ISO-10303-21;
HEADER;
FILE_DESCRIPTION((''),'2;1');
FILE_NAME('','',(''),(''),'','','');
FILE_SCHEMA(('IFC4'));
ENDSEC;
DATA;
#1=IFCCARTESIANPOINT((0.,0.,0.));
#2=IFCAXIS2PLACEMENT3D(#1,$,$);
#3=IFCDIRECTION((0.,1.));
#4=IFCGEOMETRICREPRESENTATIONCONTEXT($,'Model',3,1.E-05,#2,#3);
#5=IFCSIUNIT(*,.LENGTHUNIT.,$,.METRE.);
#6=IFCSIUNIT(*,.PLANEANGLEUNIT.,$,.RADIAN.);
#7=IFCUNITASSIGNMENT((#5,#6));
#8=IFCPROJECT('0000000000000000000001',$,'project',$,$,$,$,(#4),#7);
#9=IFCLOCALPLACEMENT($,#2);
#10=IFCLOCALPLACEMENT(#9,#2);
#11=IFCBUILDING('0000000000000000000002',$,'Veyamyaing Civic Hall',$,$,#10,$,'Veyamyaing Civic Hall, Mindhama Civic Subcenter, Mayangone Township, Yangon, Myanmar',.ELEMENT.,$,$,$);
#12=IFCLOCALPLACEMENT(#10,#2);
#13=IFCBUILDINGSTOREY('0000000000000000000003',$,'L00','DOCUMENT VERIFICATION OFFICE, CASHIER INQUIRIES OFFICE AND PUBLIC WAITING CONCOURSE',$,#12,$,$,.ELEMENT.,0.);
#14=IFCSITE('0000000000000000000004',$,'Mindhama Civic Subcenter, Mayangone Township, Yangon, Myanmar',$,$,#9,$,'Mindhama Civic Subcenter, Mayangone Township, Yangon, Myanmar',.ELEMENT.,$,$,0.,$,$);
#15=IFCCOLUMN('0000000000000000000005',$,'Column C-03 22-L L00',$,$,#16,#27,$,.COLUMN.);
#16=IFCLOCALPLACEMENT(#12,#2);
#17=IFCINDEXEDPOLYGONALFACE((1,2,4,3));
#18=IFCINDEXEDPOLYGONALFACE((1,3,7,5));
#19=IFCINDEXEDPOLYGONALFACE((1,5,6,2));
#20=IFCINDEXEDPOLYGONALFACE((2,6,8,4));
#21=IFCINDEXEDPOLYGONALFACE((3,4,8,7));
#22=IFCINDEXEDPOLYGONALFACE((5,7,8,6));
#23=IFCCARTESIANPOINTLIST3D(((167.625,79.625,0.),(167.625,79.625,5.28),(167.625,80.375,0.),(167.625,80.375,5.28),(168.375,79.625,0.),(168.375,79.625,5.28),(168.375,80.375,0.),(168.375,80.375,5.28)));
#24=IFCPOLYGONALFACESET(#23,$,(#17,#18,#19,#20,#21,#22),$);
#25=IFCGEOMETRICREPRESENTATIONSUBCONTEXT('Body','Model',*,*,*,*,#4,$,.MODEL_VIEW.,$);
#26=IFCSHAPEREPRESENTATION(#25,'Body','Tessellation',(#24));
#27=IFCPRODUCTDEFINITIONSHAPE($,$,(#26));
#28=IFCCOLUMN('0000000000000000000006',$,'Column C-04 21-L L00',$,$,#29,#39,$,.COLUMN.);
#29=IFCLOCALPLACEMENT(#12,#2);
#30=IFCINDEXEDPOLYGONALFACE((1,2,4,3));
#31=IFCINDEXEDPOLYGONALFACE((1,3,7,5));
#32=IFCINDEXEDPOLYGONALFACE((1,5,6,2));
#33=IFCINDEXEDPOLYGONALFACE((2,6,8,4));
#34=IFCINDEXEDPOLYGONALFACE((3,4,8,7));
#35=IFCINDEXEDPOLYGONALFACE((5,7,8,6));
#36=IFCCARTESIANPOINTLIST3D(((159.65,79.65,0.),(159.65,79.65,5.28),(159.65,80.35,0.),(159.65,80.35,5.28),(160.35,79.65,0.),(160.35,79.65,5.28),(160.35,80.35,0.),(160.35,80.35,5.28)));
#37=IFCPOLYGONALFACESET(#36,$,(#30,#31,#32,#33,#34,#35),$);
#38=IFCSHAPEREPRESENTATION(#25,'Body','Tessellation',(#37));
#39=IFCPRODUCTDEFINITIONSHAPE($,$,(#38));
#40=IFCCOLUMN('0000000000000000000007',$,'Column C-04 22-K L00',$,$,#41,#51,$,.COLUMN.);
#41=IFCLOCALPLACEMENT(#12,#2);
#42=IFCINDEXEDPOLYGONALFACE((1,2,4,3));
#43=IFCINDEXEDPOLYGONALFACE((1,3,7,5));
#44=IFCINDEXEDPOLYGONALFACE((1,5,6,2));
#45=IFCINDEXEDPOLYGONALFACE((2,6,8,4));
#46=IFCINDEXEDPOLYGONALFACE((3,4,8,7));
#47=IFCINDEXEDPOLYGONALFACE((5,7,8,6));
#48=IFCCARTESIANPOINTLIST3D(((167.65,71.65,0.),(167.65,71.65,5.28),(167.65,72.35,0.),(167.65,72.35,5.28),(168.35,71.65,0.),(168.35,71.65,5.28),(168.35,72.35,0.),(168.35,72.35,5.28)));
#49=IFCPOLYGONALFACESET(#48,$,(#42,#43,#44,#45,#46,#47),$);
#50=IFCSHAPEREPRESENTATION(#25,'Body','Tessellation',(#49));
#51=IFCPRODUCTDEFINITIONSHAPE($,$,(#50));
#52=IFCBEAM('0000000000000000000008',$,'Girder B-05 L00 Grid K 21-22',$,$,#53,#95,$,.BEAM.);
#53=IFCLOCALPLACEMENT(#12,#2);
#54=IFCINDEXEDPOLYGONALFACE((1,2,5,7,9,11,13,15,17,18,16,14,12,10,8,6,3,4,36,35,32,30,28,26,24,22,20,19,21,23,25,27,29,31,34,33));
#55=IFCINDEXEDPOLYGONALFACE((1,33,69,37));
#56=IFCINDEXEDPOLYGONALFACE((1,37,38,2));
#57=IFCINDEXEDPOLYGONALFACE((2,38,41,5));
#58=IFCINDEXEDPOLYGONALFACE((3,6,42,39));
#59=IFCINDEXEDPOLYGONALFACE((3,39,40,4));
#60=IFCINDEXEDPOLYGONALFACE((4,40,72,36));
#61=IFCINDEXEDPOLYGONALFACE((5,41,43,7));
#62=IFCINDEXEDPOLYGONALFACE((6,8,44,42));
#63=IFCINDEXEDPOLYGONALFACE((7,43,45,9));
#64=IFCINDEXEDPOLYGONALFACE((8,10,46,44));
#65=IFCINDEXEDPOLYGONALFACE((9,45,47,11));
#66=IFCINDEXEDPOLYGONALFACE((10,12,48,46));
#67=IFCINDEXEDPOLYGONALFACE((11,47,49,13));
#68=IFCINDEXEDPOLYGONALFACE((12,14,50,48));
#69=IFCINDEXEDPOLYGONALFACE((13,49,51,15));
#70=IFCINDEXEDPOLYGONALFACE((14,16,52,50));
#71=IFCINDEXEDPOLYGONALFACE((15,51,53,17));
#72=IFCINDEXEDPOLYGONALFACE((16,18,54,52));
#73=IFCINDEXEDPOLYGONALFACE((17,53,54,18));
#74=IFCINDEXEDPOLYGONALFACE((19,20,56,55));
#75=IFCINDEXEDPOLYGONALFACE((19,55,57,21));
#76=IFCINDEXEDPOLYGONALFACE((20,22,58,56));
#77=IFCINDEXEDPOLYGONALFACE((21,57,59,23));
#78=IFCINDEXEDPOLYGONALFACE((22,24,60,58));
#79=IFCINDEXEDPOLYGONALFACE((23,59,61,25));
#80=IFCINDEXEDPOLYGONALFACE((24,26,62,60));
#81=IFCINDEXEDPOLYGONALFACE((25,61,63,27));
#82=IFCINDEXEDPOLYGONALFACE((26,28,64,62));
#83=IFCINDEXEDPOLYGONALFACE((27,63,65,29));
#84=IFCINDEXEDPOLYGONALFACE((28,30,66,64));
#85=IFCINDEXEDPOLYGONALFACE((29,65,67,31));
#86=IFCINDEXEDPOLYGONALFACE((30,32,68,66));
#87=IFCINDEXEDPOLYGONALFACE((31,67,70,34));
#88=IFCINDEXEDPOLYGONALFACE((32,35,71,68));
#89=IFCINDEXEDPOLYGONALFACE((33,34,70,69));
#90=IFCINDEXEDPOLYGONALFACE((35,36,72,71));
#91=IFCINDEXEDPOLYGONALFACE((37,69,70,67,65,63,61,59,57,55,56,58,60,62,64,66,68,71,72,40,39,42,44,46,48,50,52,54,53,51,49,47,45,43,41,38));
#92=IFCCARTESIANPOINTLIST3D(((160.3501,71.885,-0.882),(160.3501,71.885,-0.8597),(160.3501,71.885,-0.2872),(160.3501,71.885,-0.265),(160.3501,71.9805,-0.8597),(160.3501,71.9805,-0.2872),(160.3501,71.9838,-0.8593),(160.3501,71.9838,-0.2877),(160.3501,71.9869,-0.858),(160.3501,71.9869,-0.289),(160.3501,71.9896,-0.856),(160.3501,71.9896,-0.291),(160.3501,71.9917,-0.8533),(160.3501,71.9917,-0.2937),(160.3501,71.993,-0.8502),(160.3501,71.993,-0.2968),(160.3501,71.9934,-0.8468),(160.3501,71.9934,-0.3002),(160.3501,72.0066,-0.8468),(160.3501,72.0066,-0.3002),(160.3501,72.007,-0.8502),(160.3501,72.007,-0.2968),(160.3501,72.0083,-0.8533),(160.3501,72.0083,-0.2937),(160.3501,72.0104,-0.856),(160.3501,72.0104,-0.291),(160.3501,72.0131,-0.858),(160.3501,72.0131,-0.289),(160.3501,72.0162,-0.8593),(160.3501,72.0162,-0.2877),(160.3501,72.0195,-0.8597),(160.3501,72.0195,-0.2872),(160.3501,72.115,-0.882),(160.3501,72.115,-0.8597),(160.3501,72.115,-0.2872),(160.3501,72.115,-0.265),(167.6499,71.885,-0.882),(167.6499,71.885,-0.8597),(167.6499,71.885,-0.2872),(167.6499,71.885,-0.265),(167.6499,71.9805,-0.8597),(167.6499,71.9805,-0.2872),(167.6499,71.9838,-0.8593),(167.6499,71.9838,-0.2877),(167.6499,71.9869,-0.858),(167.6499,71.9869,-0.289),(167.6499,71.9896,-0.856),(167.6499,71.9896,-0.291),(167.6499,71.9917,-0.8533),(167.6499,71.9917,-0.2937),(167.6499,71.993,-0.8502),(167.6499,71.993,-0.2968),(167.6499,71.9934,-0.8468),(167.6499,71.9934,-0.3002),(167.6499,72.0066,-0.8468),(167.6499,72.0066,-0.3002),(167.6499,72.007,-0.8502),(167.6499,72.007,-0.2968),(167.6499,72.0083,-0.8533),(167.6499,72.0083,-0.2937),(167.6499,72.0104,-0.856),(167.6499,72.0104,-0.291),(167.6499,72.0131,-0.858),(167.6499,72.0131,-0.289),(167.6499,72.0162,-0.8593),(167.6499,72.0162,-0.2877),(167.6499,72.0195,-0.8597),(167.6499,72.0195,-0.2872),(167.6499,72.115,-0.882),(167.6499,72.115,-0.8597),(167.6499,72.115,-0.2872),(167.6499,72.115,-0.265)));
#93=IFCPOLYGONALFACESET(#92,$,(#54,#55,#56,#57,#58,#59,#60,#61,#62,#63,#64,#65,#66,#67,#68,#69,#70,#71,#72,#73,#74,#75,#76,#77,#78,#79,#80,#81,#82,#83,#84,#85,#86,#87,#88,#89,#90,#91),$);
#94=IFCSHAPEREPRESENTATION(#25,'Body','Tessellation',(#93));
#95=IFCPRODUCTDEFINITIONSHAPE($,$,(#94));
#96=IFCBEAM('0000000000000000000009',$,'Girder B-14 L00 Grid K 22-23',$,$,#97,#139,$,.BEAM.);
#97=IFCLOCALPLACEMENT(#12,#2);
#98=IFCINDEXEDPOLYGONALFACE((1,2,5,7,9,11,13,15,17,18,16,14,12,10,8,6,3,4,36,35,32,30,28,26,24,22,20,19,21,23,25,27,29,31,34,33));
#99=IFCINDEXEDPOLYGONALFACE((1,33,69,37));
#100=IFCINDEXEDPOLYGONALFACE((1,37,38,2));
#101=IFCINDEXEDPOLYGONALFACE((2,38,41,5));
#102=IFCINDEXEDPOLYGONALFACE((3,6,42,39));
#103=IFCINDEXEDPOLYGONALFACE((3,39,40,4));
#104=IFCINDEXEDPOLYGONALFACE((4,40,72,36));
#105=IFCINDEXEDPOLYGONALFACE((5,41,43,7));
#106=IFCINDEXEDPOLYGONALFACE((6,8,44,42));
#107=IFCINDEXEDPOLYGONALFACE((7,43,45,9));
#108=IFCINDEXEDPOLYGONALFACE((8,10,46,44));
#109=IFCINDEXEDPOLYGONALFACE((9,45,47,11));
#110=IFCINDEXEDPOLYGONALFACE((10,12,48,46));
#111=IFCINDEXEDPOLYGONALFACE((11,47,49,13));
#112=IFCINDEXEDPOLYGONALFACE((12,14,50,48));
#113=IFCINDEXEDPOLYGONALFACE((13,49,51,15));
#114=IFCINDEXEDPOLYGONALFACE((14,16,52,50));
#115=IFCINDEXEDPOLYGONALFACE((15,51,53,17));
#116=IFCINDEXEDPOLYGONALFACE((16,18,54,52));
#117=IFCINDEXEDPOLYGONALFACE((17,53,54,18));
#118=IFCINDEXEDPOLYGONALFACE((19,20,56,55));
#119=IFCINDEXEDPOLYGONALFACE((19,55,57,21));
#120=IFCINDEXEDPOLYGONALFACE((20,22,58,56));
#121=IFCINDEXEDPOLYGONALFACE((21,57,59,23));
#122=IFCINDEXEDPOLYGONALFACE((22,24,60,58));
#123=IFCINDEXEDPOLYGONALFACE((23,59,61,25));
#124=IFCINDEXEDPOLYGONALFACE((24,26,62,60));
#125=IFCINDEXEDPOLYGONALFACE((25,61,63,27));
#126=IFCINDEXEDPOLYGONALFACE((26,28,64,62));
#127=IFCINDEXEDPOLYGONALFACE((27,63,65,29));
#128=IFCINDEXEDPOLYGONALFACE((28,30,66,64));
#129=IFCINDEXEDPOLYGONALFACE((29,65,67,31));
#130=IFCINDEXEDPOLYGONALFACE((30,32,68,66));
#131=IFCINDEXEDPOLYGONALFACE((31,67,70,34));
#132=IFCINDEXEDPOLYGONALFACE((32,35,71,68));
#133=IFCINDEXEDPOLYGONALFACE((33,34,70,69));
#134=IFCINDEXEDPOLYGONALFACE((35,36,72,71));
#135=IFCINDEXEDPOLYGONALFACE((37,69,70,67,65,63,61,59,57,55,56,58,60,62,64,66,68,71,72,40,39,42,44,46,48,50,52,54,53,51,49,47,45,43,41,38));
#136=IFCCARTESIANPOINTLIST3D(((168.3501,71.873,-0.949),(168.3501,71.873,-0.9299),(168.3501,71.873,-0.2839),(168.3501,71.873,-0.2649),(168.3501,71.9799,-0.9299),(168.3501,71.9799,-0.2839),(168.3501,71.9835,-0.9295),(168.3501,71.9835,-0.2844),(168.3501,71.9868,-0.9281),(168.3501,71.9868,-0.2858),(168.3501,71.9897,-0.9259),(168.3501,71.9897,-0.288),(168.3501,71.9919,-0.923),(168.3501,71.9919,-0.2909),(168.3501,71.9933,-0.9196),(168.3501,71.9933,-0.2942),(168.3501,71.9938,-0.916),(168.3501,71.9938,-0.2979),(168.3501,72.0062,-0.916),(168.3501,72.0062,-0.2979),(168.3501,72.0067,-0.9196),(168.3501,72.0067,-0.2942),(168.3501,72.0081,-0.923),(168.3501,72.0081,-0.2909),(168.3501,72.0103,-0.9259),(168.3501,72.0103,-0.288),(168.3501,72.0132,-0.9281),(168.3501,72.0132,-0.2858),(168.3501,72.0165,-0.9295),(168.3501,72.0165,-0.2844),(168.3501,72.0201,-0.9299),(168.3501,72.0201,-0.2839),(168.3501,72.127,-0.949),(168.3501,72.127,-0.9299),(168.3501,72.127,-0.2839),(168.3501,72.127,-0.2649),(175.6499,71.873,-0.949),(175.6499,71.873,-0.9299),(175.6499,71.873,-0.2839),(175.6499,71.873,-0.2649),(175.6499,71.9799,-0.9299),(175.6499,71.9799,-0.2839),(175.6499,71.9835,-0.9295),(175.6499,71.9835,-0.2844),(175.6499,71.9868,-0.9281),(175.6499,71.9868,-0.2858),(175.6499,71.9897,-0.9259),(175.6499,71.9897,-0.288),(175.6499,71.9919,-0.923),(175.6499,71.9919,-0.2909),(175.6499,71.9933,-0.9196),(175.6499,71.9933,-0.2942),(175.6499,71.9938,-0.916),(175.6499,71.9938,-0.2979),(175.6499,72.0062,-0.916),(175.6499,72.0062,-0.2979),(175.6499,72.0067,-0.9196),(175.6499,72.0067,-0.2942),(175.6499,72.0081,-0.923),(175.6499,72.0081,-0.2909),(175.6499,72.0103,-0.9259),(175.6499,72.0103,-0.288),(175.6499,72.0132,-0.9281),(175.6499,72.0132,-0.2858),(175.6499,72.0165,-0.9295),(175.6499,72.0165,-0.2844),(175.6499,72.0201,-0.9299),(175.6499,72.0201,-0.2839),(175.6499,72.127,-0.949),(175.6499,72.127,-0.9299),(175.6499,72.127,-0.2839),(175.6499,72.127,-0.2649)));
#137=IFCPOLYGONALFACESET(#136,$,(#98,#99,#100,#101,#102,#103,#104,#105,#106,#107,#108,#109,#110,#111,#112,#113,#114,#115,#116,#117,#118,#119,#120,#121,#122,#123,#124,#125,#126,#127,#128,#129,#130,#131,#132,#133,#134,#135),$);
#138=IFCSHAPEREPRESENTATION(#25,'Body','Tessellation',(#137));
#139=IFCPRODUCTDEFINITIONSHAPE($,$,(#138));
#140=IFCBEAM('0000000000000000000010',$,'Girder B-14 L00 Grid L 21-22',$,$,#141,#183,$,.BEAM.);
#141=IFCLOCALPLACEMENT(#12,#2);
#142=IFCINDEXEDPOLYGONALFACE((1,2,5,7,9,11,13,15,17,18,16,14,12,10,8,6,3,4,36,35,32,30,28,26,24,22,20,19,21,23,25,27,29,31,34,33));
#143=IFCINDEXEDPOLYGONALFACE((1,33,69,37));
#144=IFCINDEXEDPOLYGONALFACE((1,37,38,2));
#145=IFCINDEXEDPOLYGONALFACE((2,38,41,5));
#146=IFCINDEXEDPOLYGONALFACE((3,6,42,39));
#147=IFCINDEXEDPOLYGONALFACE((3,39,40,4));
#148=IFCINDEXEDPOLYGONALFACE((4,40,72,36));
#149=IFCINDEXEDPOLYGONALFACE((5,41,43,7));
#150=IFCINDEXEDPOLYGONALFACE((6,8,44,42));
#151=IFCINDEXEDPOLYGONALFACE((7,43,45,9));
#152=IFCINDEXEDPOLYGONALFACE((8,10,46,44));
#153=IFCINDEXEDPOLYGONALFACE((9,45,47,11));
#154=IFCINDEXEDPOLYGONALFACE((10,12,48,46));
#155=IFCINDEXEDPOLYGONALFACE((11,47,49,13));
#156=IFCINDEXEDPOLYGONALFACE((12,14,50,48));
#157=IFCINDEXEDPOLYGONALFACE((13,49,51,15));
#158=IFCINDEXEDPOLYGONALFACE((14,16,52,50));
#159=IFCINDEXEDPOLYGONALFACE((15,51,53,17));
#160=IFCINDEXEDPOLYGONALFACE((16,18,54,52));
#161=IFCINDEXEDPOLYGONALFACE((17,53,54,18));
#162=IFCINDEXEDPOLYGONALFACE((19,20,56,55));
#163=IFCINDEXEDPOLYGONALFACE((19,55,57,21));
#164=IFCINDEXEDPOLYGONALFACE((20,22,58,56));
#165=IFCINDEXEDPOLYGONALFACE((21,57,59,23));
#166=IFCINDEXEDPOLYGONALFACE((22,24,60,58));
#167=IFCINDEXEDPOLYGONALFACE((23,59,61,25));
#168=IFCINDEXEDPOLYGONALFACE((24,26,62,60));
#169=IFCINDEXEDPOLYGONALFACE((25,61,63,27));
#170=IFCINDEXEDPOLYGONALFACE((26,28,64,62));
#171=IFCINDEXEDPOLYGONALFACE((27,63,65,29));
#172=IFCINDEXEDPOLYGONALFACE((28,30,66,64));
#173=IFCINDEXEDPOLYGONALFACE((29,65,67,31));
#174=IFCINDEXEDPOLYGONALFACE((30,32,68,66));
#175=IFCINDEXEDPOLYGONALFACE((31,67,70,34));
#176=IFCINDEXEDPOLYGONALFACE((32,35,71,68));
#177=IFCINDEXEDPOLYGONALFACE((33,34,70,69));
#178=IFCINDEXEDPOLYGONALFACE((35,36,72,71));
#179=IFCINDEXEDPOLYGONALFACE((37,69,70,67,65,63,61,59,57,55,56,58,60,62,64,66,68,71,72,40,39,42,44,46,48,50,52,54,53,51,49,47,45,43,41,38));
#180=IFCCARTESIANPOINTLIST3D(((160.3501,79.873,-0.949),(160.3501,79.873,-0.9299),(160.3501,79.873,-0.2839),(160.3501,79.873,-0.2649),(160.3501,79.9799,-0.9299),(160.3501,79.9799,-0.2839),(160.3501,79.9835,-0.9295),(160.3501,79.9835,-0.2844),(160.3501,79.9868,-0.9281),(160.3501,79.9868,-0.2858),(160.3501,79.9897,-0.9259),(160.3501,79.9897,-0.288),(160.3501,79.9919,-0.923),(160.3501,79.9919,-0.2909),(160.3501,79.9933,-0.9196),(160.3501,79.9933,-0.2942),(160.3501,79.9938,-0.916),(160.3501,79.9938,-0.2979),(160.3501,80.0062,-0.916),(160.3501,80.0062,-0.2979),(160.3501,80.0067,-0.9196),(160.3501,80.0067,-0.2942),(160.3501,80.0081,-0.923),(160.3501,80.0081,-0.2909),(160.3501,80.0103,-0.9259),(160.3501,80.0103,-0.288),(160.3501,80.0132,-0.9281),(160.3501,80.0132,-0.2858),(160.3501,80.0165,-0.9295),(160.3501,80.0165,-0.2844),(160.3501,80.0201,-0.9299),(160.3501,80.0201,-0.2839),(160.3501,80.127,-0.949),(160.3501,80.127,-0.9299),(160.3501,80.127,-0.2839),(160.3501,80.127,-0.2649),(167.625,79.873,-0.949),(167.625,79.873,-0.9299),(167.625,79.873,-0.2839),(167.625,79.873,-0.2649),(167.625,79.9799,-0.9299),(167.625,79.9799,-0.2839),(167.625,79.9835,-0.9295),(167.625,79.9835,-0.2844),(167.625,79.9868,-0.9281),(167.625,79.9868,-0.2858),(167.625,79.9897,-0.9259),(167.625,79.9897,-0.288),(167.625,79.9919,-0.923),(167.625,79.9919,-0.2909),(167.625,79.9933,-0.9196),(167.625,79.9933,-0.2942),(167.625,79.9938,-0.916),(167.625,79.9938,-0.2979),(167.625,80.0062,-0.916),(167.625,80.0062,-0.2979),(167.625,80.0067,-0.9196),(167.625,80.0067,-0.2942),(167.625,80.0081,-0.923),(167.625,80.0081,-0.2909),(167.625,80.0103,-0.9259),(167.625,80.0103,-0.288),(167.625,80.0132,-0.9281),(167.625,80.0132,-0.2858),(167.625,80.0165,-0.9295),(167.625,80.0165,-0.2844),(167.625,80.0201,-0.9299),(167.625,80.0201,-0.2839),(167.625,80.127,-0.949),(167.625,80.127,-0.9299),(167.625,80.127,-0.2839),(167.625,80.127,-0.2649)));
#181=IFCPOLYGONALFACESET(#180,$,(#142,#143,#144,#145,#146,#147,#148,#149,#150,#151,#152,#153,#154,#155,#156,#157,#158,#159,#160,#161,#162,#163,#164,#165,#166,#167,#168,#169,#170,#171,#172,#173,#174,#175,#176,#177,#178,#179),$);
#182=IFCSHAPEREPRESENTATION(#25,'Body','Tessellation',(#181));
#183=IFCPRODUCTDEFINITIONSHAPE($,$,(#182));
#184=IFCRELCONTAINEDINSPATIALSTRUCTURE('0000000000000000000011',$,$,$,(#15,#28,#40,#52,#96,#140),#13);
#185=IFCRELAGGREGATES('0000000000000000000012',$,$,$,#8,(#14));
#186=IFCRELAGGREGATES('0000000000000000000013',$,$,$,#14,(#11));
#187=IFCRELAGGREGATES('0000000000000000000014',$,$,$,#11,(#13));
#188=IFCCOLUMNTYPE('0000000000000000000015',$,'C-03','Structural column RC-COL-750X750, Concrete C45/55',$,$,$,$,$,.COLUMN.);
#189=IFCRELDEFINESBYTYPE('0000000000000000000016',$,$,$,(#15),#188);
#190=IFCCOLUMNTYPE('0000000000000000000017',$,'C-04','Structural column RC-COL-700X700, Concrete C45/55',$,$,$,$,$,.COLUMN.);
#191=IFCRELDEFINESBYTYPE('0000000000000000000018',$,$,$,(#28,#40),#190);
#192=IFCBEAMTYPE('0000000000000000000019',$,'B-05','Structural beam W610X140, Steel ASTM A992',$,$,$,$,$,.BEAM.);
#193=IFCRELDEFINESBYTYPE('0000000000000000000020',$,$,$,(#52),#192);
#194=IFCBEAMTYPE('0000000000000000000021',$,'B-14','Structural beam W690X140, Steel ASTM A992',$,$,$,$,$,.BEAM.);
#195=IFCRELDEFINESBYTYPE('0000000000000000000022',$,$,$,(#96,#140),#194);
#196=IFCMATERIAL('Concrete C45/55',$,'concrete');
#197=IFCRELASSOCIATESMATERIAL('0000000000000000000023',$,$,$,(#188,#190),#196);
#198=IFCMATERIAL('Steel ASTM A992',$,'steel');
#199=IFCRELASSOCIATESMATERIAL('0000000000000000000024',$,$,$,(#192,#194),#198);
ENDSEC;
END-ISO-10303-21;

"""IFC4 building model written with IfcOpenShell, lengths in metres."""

from ifc_helpers import new_model, si_unit, direction, frame, origin, origin_2d, place, context, subcontext, project, spatial, rectangle, i_section, extrude, material, material_profile, profile_set, type_object, element, save


model = new_model("IFC4")

# Units and contexts
model_context = context("Model", 3, precision=1e-05, world=origin(), true_north=direction((0.0, 1.0)))
body_context = subcontext(model_context, "Body", "Model", "MODEL_VIEW")
ifc_project = project(units=[si_unit("LENGTHUNIT", "METRE"), si_unit("PLANEANGLEUNIT", "RADIAN")], contexts=[model_context])

# Site, building, storey
site_placement = place(None, origin())
site = spatial("IfcSite", under=ifc_project, at=site_placement, Name="Mindhama Civic Subcenter, Mayangone Township, Yangon, Myanmar", LongName="Mindhama Civic Subcenter, Mayangone Township, Yangon, Myanmar", CompositionType="ELEMENT", RefElevation=0.0)
building_placement = place(site_placement, origin())
building = spatial("IfcBuilding", under=site, at=building_placement, Name="Veyamyaing Civic Hall", LongName="Veyamyaing Civic Hall, Mindhama Civic Subcenter, Mayangone Township, Yangon, Myanmar", CompositionType="ELEMENT")
storey_placement = place(building_placement, origin())
storey = spatial("IfcBuildingStorey", under=building, at=storey_placement, Name="L00", Description="DOCUMENT VERIFICATION OFFICE, CASHIER INQUIRIES OFFICE AND PUBLIC WAITING CONCOURSE", CompositionType="ELEMENT", Elevation=0.0)

# Columns
ifc_material_1 = material(Name="Concrete C45/55", Category="concrete")
ifc_material_profile_1 = material_profile(ifc_material_1, rectangle(XDim=0.75, YDim=0.75, at=origin_2d()), Name="RC-COL-750X750")
ifc_profile_set_1 = profile_set([ifc_material_profile_1], Name="Concrete C45/55")
column_type_1 = type_object("IfcColumnType", Name="C-03", Description="Structural column RC-COL-750X750, Concrete C45/55", PredefinedType="COLUMN", material=ifc_profile_set_1)
column_placement = place(storey_placement, frame((168.0, 80.0, 0.0), z_axis=(0.0, 0.0, 1.0), x_axis=(1.0, 0.0, 0.0)))
element("IfcColumn", 1, at=column_placement, inside=storey, type_object=column_type_1, Name="Column C-03 22-L L00", PredefinedType="COLUMN", context=body_context, shape_type="SweptSolid", body=[
    extrude(rectangle(XDim=0.75, YDim=0.75, at=origin_2d()), origin(), (0.0, 0.0, 1.0), 5.28),
])
ifc_material_profile_2 = material_profile(ifc_material_1, rectangle(XDim=0.7, YDim=0.7, at=origin_2d()), Name="RC-COL-700X700")
ifc_profile_set_2 = profile_set([ifc_material_profile_2], Name="Concrete C45/55")
column_type_2 = type_object("IfcColumnType", Name="C-04", Description="Structural column RC-COL-700X700, Concrete C45/55", PredefinedType="COLUMN", material=ifc_profile_set_2)
for number, where, z_axis, x_axis, name in (
    (2, (160.0, 80.0, 0.0), (0.0, 0.0, 1.0), (1.0, 0.0, 0.0), "Column C-04 21-L L00"),
    (3, (168.0, 72.0, 0.0), (0.0, 0.0, 1.0), (1.0, 0.0, 0.0), "Column C-04 22-K L00"),
):
    element("IfcColumn", number, at=place(storey_placement, frame(where, z_axis=z_axis, x_axis=x_axis)), inside=storey, type_object=column_type_2, Name=name, PredefinedType="COLUMN", context=body_context, shape_type="SweptSolid", body=[
        extrude(rectangle(XDim=0.7, YDim=0.7, at=origin_2d()), origin(), (0.0, 0.0, 1.0), 5.28),
    ])

# Beams
ifc_material_2 = material(Name="Steel ASTM A992", Category="steel")
ifc_material_profile_3 = material_profile(ifc_material_2, i_section(OverallWidth=0.23, OverallDepth=0.6169, WebThickness=0.0132, FlangeThickness=0.0222, FilletRadius=0.0129, at=origin_2d()), Name="W610X140")
ifc_profile_set_3 = profile_set([ifc_material_profile_3], Name="Steel ASTM A992")
beam_type_1 = type_object("IfcBeamType", Name="B-05", Description="Structural beam W610X140, Steel ASTM A992", PredefinedType="BEAM", material=ifc_profile_set_3)
beam_1_placement = place(storey_placement, frame((160.3501, 72.0, -0.5735), z_axis=(1.0, 0.0, 0.0), x_axis=(0.0, 1.0, 0.0)))
element("IfcBeam", 4, at=beam_1_placement, inside=storey, type_object=beam_type_1, Name="Girder B-05 L00 Grid K 21-22", PredefinedType="BEAM", context=body_context, shape_type="SweptSolid", body=[
    extrude(i_section(OverallWidth=0.23, OverallDepth=0.6169, WebThickness=0.0132, FlangeThickness=0.0222, FilletRadius=0.0129, at=origin_2d()), origin(), (0.0, 0.0, 1.0), 7.2998),
])
ifc_material_profile_4 = material_profile(ifc_material_2, i_section(OverallWidth=0.2539, OverallDepth=0.6841, WebThickness=0.0125, FlangeThickness=0.019, FilletRadius=0.0139, at=origin_2d()), Name="W690X140")
ifc_profile_set_4 = profile_set([ifc_material_profile_4], Name="Steel ASTM A992")
beam_type_2 = type_object("IfcBeamType", Name="B-14", Description="Structural beam W690X140, Steel ASTM A992", PredefinedType="BEAM", material=ifc_profile_set_4)
beam_2_placement = place(storey_placement, frame((168.3501, 72.0, -0.6069), z_axis=(1.0, 0.0, 0.0), x_axis=(0.0, 1.0, 0.0)))
element("IfcBeam", 5, at=beam_2_placement, inside=storey, type_object=beam_type_2, Name="Girder B-14 L00 Grid K 22-23", PredefinedType="BEAM", context=body_context, shape_type="SweptSolid", body=[
    extrude(i_section(OverallWidth=0.2539, OverallDepth=0.6841, WebThickness=0.0125, FlangeThickness=0.019, FilletRadius=0.0139, at=origin_2d()), origin(), (0.0, 0.0, 1.0), 7.2998),
])
beam_3_placement = place(storey_placement, frame((160.3501, 80.0, -0.6069), z_axis=(1.0, 0.0, 0.0), x_axis=(0.0, 1.0, 0.0)))
element("IfcBeam", 6, at=beam_3_placement, inside=storey, type_object=beam_type_2, Name="Girder B-14 L00 Grid L 21-22", PredefinedType="BEAM", context=body_context, shape_type="SweptSolid", body=[
    extrude(i_section(OverallWidth=0.2539, OverallDepth=0.6841, WebThickness=0.0125, FlangeThickness=0.019, FilletRadius=0.0139, at=origin_2d()), origin(), (0.0, 0.0, 1.0), 7.2749),
])

save(model, "model.ifc")
